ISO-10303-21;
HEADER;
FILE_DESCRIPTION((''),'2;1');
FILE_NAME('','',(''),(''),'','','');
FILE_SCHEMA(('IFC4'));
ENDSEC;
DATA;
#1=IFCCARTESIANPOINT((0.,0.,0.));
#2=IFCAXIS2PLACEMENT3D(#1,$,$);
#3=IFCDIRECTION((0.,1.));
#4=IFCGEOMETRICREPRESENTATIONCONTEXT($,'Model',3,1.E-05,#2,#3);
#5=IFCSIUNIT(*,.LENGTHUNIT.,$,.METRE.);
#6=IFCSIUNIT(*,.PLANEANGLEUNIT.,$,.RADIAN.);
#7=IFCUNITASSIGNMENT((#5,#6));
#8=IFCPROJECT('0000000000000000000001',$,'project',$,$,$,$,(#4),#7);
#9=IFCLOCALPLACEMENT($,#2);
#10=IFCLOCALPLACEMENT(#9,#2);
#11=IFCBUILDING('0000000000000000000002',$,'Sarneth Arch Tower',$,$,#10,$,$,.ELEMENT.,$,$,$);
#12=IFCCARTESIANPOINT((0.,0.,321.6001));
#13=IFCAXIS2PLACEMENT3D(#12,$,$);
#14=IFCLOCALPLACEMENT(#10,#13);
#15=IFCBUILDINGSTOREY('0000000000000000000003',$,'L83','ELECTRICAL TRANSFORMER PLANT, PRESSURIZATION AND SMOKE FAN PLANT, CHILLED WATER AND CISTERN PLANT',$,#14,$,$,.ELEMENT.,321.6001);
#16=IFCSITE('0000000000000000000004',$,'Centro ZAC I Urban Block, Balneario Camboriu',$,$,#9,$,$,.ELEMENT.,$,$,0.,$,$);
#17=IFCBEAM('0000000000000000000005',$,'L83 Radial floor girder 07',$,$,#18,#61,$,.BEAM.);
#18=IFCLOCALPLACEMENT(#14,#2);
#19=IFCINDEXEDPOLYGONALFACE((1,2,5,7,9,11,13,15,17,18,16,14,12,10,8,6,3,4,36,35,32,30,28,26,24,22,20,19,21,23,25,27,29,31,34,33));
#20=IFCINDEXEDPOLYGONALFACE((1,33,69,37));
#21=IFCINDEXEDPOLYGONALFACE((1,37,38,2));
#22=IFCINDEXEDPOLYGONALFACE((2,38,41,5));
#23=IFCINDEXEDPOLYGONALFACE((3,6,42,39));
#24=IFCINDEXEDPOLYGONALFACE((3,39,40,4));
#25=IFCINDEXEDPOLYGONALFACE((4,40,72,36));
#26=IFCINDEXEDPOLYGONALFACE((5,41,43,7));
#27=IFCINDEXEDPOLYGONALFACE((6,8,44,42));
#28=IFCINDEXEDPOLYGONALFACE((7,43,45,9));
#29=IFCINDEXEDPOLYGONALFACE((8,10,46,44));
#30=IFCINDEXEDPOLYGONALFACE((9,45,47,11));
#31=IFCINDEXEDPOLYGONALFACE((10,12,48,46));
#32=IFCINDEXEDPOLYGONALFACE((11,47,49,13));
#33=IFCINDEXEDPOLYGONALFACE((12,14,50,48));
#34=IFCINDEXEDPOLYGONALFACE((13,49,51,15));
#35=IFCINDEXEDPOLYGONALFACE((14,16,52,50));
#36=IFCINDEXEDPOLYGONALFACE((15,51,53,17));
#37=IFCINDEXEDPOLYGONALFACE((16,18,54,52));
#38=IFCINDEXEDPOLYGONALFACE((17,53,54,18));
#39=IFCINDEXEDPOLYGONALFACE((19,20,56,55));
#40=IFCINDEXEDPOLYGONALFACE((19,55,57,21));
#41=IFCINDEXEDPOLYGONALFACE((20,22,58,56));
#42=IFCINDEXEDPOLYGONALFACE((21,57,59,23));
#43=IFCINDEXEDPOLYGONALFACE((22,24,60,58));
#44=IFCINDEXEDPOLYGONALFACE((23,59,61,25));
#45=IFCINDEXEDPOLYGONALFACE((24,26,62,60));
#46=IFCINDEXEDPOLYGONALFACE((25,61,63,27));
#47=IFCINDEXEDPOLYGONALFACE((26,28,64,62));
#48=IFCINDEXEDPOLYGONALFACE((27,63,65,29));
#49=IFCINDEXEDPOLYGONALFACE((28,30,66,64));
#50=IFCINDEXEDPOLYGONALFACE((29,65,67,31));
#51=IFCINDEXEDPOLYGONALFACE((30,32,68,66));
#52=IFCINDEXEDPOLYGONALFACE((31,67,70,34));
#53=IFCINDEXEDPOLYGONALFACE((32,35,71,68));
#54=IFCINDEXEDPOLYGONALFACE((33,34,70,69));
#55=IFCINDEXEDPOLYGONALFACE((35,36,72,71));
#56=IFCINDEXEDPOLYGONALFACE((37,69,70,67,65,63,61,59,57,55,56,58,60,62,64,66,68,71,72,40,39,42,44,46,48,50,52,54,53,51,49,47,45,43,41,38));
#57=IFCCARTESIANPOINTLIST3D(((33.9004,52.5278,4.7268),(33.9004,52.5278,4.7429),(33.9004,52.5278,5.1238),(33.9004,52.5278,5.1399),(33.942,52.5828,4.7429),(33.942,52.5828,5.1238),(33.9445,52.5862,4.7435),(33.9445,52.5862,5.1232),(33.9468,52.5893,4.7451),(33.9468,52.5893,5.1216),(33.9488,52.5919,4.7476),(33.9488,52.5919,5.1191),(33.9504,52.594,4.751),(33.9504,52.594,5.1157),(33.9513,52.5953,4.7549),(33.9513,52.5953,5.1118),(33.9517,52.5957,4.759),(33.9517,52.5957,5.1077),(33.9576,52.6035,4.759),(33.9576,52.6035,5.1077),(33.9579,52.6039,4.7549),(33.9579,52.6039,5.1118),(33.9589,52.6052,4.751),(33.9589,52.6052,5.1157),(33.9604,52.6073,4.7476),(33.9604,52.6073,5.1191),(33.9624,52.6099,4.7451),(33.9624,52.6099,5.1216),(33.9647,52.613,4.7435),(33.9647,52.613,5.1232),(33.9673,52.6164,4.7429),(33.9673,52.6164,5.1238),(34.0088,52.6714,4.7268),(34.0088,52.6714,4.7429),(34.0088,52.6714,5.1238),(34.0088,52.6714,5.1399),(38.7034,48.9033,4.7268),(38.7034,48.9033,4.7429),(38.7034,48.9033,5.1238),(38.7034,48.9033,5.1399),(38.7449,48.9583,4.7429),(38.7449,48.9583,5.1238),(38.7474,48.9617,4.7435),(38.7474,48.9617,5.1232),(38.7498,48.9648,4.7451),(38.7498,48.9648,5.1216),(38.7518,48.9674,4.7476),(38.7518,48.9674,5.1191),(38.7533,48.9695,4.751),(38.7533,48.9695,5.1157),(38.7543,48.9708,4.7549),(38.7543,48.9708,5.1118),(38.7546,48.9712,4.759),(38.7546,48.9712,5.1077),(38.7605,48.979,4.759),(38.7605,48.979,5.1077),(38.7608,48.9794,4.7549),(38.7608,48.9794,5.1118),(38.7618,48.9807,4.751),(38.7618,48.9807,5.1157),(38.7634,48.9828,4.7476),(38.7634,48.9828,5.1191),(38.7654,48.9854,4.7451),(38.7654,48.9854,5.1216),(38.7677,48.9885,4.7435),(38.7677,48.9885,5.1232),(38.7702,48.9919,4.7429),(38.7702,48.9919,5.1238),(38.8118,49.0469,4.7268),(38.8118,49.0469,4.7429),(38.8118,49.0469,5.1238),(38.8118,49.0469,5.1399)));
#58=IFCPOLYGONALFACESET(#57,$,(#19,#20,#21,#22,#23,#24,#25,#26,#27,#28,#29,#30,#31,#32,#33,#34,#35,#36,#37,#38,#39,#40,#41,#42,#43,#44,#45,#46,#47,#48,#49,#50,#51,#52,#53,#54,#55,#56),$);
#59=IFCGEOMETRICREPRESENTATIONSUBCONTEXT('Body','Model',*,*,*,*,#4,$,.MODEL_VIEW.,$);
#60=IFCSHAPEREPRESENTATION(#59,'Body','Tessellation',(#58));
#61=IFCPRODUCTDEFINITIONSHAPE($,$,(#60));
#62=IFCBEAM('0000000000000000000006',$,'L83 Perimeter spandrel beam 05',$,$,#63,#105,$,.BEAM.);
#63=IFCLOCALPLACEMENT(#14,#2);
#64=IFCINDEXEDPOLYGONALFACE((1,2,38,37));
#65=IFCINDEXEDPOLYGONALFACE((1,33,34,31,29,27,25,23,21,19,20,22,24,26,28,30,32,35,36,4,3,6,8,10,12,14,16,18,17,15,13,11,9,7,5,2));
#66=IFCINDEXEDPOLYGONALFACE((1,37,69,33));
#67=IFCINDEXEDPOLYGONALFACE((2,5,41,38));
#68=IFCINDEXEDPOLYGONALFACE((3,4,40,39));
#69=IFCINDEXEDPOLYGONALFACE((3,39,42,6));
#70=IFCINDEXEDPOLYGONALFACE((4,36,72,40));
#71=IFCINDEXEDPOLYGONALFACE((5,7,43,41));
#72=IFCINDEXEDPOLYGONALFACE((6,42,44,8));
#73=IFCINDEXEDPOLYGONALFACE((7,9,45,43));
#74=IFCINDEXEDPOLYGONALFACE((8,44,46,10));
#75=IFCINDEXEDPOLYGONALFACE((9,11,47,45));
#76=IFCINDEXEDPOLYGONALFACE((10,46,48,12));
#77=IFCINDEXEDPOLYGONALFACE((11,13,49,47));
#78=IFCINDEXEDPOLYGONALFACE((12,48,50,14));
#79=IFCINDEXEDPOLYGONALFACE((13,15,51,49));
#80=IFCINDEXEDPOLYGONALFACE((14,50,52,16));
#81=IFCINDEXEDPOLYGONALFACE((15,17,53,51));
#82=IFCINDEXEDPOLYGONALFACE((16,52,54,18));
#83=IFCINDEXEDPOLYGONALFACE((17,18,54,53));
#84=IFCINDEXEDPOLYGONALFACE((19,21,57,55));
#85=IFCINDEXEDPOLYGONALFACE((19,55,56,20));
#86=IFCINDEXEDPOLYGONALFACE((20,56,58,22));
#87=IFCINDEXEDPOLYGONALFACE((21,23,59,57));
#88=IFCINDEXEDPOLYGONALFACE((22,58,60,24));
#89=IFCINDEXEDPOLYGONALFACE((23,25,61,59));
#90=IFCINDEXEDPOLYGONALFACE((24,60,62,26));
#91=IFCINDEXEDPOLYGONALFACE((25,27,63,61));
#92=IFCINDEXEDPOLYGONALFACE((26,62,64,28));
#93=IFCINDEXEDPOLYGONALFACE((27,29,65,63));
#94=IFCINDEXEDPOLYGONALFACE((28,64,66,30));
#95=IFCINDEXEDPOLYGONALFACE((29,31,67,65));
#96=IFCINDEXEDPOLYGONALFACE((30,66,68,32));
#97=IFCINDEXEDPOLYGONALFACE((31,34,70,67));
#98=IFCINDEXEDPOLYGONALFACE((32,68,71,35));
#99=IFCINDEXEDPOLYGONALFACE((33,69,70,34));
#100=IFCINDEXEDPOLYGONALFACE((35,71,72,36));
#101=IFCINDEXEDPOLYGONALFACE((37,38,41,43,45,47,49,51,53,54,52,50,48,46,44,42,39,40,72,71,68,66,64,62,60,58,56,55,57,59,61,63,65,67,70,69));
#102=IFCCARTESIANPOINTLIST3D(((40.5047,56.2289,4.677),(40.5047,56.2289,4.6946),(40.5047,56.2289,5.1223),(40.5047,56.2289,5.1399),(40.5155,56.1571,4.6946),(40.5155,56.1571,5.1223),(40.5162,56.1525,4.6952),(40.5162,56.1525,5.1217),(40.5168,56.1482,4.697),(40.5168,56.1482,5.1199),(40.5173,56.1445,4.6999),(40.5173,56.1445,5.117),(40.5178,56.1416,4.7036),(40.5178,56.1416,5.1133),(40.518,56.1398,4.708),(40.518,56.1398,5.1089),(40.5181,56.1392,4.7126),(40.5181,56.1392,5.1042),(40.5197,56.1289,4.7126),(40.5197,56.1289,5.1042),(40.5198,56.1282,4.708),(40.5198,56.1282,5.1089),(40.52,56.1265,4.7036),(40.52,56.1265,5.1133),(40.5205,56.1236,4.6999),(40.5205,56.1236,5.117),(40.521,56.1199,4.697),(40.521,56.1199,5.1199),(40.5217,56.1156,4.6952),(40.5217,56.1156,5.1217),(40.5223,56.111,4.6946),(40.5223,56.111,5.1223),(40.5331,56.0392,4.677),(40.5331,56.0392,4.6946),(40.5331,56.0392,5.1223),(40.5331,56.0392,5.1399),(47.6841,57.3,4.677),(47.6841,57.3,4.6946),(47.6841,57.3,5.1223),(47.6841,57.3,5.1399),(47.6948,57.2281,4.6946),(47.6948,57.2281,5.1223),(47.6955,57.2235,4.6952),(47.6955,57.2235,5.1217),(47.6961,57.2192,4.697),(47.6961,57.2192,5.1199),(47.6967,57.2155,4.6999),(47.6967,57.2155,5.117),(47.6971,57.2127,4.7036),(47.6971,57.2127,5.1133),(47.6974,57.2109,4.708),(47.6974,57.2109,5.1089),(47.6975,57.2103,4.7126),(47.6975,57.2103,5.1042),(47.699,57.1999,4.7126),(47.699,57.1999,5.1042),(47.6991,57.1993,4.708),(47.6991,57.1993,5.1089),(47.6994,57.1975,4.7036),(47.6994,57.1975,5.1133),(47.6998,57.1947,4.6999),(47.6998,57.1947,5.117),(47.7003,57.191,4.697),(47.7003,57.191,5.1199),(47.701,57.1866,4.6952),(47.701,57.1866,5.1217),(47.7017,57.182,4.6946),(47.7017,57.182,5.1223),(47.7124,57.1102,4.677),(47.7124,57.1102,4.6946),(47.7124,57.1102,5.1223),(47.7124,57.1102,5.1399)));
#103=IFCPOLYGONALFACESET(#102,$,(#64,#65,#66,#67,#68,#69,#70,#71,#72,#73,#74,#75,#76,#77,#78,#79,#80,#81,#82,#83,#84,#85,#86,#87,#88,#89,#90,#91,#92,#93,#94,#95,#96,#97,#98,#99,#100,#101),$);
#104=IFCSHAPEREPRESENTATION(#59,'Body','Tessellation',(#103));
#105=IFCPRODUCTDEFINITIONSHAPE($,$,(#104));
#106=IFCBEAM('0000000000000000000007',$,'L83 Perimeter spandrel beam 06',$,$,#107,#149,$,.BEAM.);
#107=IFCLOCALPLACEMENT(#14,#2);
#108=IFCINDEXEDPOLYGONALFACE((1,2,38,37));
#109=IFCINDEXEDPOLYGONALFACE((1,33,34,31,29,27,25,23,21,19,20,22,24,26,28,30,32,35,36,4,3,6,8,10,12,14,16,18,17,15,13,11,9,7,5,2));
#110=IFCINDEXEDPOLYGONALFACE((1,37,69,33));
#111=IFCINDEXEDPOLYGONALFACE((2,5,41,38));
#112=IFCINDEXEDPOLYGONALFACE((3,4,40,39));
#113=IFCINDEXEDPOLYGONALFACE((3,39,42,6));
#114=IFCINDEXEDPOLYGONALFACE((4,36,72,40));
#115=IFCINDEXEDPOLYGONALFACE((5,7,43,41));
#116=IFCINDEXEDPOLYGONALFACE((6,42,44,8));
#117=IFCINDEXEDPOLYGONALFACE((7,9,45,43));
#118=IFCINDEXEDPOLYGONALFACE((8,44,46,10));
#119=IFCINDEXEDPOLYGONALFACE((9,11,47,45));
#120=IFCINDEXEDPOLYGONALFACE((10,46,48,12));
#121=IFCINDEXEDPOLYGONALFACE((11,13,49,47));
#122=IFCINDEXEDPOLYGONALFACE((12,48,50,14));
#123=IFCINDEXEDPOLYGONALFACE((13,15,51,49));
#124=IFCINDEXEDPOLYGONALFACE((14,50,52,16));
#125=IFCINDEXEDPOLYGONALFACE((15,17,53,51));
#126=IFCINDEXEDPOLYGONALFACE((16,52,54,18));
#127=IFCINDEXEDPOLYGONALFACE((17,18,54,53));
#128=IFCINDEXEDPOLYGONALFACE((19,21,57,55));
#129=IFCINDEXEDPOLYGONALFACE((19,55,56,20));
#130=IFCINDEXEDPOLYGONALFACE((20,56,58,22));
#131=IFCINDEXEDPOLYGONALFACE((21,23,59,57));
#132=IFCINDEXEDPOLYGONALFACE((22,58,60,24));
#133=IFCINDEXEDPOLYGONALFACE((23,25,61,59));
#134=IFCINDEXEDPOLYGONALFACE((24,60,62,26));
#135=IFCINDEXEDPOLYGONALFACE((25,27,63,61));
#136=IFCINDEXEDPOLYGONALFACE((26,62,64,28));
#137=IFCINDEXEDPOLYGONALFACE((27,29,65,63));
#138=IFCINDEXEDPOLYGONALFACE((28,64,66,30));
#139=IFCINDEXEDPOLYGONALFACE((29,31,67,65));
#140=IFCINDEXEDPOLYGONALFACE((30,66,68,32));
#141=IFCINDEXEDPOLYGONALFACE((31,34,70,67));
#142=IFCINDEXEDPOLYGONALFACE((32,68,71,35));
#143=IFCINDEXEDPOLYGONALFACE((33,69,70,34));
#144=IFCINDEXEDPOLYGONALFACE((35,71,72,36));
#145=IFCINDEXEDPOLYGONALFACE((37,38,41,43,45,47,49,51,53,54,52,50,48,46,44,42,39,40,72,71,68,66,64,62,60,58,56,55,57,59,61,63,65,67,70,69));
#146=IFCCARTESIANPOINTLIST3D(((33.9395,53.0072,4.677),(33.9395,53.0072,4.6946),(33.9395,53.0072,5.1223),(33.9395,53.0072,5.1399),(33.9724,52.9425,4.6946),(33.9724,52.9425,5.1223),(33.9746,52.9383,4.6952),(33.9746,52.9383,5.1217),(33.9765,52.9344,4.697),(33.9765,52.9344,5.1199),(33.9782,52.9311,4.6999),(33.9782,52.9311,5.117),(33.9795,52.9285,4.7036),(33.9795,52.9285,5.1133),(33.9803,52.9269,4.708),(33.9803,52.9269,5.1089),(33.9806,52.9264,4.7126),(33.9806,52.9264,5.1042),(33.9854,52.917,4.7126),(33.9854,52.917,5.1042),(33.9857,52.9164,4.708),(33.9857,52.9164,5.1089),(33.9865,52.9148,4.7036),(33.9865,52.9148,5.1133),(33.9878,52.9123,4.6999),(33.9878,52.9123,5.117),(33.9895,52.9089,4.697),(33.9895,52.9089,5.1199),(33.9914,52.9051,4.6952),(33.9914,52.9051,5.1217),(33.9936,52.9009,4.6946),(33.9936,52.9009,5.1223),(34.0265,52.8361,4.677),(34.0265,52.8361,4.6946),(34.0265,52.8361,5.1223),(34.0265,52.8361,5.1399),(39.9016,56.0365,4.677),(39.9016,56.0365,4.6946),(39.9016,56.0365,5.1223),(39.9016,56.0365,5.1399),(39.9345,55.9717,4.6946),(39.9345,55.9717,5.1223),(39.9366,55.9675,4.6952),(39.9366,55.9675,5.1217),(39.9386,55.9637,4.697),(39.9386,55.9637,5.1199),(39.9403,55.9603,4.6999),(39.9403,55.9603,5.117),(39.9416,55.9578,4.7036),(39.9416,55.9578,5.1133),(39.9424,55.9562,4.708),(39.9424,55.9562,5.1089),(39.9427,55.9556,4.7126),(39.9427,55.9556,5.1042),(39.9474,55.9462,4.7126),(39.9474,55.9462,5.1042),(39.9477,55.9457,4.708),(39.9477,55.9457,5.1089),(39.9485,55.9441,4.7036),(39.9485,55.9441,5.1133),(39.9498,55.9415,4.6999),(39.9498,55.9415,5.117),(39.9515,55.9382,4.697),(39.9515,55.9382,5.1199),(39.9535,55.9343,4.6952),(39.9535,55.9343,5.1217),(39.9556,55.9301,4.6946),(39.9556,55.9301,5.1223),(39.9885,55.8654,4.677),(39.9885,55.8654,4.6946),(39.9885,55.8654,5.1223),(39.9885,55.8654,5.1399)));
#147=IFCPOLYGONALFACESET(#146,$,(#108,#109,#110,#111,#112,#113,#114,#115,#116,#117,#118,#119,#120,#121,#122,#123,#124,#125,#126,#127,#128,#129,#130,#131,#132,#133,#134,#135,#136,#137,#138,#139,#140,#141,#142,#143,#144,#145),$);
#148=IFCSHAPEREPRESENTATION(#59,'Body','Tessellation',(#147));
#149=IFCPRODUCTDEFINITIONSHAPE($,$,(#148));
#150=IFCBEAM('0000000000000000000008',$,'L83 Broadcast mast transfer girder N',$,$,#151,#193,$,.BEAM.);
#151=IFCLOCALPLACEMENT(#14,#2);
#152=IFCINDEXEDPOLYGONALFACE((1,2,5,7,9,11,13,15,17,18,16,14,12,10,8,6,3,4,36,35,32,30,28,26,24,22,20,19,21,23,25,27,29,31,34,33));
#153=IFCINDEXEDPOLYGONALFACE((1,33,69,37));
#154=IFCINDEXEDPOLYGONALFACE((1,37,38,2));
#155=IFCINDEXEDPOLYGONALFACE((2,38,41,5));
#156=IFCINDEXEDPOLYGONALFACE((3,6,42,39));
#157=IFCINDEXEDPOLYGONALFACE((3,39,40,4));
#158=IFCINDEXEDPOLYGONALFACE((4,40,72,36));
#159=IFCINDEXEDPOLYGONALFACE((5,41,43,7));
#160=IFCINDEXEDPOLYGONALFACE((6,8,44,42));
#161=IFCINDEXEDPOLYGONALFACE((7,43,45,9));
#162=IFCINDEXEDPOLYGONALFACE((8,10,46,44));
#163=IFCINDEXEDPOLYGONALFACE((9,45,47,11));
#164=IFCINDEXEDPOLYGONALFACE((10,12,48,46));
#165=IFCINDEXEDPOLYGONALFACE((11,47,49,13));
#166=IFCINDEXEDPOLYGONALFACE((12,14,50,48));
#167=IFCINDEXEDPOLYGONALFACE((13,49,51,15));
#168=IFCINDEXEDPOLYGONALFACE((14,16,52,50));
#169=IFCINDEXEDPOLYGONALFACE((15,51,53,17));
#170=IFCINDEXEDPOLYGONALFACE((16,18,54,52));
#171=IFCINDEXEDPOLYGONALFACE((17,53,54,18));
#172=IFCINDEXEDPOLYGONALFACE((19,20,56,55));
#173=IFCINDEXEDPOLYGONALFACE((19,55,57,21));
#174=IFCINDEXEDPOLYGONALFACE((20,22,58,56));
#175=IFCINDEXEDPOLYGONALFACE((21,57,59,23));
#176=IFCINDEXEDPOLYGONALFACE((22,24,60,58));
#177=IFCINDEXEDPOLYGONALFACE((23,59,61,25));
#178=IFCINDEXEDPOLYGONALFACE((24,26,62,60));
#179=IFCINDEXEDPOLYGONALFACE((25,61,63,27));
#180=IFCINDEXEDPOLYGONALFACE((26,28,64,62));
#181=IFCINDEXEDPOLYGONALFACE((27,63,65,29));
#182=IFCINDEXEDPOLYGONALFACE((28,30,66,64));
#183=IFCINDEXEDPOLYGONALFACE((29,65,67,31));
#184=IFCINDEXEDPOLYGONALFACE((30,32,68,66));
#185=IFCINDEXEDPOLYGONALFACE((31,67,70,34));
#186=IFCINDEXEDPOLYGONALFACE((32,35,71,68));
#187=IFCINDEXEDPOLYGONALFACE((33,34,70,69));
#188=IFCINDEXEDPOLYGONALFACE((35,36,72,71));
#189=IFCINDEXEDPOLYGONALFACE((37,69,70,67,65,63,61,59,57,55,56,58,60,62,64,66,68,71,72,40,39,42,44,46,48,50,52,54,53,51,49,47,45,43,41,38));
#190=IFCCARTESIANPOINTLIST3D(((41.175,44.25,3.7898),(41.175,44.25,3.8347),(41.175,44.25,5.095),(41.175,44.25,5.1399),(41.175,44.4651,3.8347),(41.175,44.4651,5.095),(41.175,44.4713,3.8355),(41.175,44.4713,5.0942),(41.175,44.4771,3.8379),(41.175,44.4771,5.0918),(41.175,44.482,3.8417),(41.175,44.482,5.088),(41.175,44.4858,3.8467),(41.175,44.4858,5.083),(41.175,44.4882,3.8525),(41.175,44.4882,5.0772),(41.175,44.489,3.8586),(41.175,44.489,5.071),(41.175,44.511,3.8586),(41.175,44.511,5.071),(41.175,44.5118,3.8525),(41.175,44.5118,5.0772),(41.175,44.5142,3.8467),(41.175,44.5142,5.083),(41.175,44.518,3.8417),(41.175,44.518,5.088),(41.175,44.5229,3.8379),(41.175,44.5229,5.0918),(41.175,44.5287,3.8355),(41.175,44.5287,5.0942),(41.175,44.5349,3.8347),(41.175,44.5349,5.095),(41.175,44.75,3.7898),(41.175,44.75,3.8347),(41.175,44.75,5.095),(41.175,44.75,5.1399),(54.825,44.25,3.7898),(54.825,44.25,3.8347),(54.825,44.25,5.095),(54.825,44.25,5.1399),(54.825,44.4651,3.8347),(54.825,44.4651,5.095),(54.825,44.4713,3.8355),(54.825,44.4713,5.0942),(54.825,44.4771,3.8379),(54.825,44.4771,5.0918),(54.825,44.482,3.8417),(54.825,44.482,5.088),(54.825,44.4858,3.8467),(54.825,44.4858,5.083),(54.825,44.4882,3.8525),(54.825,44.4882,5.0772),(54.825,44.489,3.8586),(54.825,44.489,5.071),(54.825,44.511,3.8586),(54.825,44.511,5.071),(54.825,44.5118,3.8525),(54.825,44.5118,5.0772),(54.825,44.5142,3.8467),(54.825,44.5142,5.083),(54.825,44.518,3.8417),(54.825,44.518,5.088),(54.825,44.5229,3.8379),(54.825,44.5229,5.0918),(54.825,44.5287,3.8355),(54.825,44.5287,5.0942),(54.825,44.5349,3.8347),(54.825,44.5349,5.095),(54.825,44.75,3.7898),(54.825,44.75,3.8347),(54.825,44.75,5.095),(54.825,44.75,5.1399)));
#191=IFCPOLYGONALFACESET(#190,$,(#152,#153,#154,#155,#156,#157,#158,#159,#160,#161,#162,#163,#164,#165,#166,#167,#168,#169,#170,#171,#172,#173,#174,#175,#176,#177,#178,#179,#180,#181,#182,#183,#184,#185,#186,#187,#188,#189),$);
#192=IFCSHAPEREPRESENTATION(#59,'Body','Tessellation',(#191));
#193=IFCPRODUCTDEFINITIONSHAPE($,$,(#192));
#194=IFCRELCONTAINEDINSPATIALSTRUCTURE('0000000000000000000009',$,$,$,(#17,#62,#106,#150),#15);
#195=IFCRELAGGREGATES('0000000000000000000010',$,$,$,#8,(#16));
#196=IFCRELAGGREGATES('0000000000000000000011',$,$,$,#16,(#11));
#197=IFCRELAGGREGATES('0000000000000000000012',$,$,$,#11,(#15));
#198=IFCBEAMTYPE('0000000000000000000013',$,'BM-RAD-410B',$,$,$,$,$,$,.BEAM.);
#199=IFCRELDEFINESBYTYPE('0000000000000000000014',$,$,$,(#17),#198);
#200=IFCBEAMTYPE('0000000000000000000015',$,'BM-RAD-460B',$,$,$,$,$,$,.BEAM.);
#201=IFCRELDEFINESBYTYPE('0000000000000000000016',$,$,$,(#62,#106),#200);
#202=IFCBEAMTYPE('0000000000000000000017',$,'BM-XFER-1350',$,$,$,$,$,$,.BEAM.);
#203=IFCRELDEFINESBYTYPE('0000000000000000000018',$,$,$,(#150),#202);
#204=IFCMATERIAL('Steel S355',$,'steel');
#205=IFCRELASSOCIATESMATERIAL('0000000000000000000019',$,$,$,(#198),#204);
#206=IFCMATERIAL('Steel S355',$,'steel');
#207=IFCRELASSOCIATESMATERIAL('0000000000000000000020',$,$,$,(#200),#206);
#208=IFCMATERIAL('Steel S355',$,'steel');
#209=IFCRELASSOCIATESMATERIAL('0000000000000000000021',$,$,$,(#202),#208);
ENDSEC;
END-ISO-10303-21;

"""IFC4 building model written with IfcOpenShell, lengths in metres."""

from ifc_helpers import new_model, si_unit, direction, frame, origin, origin_2d, place, context, subcontext, project, spatial, i_section, extrude, material, material_profile, profile_set, type_object, element, save


model = new_model("IFC4")

# Units and contexts
model_context = context("Model", 3, precision=1e-05, world=origin(), true_north=direction((0.0, 1.0)))
body_context = subcontext(model_context, "Body", "Model", "MODEL_VIEW")
ifc_project = project(units=[si_unit("LENGTHUNIT", "METRE"), si_unit("PLANEANGLEUNIT", "RADIAN")], contexts=[model_context])

# Site, building, storey
site_placement = place(None, origin())
site = spatial("IfcSite", under=ifc_project, at=site_placement, Name="Centro ZAC I Urban Block, Balneario Camboriu", CompositionType="ELEMENT", RefElevation=0.0)
building_placement = place(site_placement, origin())
building = spatial("IfcBuilding", under=site, at=building_placement, Name="Sarneth Arch Tower", CompositionType="ELEMENT")
storey_placement = place(building_placement, frame((0.0, 0.0, 321.6001)))
storey = spatial("IfcBuildingStorey", under=building, at=storey_placement, Name="L83", Description="ELECTRICAL TRANSFORMER PLANT, PRESSURIZATION AND SMOKE FAN PLANT, CHILLED WATER AND CISTERN PLANT", CompositionType="ELEMENT", Elevation=321.6001)

# Beams
ifc_material_1 = material(Name="Steel S355", Category="steel")
ifc_material_profile_1 = material_profile(ifc_material_1, i_section(OverallWidth=0.1799, OverallDepth=0.4131, WebThickness=0.0098, FlangeThickness=0.0161, FilletRadius=0.0161, at=origin_2d()), Name="W410x75")
ifc_profile_set_1 = profile_set([ifc_material_profile_1], Name="Steel S355")
beam_type_1 = type_object("IfcBeamType", Name="BM-RAD-410B", PredefinedType="BEAM", material=ifc_profile_set_1)
beam_1_placement = place(storey_placement, frame((38.7576, 48.9751, 4.9333), z_axis=(-0.798219, 0.602367, 0.0), x_axis=(-0.602367, -0.798219, 0.0)))
element("IfcBeam", 1, at=beam_1_placement, inside=storey, type_object=beam_type_1, Name="L83 Radial floor girder 07", PredefinedType="BEAM", context=body_context, shape_type="SweptSolid", body=[
    extrude(i_section(OverallWidth=0.1799, OverallDepth=0.4131, WebThickness=0.0098, FlangeThickness=0.0161, FilletRadius=0.0161, at=origin_2d()), origin(), (0.0, 0.0, 1.0), 6.0171),
])
ifc_material_2 = material(Name="Steel S355", Category="steel")
ifc_material_profile_2 = material_profile(ifc_material_2, i_section(OverallWidth=0.1919, OverallDepth=0.4629, WebThickness=0.0105, FlangeThickness=0.0176, FilletRadius=0.0181, at=origin_2d()), Name="W460x89")
ifc_profile_set_2 = profile_set([ifc_material_profile_2], Name="Steel S355")
beam_type_2 = type_object("IfcBeamType", Name="BM-RAD-460B", PredefinedType="BEAM", material=ifc_profile_set_2)
beam_2_placement = place(storey_placement, frame((47.6982, 57.2051, 4.9084), z_axis=(-0.989055, -0.147549, 0.0), x_axis=(0.147549, -0.989055, 0.0)))
element("IfcBeam", 2, at=beam_2_placement, inside=storey, type_object=beam_type_2, Name="L83 Perimeter spandrel beam 05", PredefinedType="BEAM", context=body_context, shape_type="SweptSolid", body=[
    extrude(i_section(OverallWidth=0.1919, OverallDepth=0.4629, WebThickness=0.0105, FlangeThickness=0.0176, FilletRadius=0.0181, at=origin_2d()), origin(), (0.0, 0.0, 1.0), 7.2588),
])
beam_3_placement = place(storey_placement, frame((39.9451, 55.9509, 4.9084), z_axis=(-0.891525, -0.452972, 0.0), x_axis=(0.452972, -0.891525, 0.0)))
element("IfcBeam", 3, at=beam_3_placement, inside=storey, type_object=beam_type_2, Name="L83 Perimeter spandrel beam 06", PredefinedType="BEAM", context=body_context, shape_type="SweptSolid", body=[
    extrude(i_section(OverallWidth=0.1919, OverallDepth=0.4629, WebThickness=0.0105, FlangeThickness=0.0176, FilletRadius=0.0181, at=origin_2d()), origin(), (0.0, 0.0, 1.0), 6.6875),
])
ifc_material_3 = material(Name="Steel S355", Category="steel")
ifc_material_profile_3 = material_profile(ifc_material_3, i_section(OverallWidth=0.5, OverallDepth=1.3501, WebThickness=0.022, FlangeThickness=0.0449, FilletRadius=0.0239, at=origin_2d()), Name="CVS1350x595")
ifc_profile_set_3 = profile_set([ifc_material_profile_3], Name="Steel S355")
beam_type_3 = type_object("IfcBeamType", Name="BM-XFER-1350", PredefinedType="BEAM", material=ifc_profile_set_3)
beam_4_placement = place(storey_placement, frame((41.175, 44.5, 4.4648), z_axis=(1.0, 0.0, 0.0), x_axis=(0.0, 1.0, 0.0)))
element("IfcBeam", 4, at=beam_4_placement, inside=storey, type_object=beam_type_3, Name="L83 Broadcast mast transfer girder N", PredefinedType="BEAM", context=body_context, shape_type="SweptSolid", body=[
    extrude(i_section(OverallWidth=0.5, OverallDepth=1.3501, WebThickness=0.022, FlangeThickness=0.0449, FilletRadius=0.0239, at=origin_2d()), origin(), (0.0, 0.0, 1.0), 13.6499),
])

save(model, "model.ifc")
